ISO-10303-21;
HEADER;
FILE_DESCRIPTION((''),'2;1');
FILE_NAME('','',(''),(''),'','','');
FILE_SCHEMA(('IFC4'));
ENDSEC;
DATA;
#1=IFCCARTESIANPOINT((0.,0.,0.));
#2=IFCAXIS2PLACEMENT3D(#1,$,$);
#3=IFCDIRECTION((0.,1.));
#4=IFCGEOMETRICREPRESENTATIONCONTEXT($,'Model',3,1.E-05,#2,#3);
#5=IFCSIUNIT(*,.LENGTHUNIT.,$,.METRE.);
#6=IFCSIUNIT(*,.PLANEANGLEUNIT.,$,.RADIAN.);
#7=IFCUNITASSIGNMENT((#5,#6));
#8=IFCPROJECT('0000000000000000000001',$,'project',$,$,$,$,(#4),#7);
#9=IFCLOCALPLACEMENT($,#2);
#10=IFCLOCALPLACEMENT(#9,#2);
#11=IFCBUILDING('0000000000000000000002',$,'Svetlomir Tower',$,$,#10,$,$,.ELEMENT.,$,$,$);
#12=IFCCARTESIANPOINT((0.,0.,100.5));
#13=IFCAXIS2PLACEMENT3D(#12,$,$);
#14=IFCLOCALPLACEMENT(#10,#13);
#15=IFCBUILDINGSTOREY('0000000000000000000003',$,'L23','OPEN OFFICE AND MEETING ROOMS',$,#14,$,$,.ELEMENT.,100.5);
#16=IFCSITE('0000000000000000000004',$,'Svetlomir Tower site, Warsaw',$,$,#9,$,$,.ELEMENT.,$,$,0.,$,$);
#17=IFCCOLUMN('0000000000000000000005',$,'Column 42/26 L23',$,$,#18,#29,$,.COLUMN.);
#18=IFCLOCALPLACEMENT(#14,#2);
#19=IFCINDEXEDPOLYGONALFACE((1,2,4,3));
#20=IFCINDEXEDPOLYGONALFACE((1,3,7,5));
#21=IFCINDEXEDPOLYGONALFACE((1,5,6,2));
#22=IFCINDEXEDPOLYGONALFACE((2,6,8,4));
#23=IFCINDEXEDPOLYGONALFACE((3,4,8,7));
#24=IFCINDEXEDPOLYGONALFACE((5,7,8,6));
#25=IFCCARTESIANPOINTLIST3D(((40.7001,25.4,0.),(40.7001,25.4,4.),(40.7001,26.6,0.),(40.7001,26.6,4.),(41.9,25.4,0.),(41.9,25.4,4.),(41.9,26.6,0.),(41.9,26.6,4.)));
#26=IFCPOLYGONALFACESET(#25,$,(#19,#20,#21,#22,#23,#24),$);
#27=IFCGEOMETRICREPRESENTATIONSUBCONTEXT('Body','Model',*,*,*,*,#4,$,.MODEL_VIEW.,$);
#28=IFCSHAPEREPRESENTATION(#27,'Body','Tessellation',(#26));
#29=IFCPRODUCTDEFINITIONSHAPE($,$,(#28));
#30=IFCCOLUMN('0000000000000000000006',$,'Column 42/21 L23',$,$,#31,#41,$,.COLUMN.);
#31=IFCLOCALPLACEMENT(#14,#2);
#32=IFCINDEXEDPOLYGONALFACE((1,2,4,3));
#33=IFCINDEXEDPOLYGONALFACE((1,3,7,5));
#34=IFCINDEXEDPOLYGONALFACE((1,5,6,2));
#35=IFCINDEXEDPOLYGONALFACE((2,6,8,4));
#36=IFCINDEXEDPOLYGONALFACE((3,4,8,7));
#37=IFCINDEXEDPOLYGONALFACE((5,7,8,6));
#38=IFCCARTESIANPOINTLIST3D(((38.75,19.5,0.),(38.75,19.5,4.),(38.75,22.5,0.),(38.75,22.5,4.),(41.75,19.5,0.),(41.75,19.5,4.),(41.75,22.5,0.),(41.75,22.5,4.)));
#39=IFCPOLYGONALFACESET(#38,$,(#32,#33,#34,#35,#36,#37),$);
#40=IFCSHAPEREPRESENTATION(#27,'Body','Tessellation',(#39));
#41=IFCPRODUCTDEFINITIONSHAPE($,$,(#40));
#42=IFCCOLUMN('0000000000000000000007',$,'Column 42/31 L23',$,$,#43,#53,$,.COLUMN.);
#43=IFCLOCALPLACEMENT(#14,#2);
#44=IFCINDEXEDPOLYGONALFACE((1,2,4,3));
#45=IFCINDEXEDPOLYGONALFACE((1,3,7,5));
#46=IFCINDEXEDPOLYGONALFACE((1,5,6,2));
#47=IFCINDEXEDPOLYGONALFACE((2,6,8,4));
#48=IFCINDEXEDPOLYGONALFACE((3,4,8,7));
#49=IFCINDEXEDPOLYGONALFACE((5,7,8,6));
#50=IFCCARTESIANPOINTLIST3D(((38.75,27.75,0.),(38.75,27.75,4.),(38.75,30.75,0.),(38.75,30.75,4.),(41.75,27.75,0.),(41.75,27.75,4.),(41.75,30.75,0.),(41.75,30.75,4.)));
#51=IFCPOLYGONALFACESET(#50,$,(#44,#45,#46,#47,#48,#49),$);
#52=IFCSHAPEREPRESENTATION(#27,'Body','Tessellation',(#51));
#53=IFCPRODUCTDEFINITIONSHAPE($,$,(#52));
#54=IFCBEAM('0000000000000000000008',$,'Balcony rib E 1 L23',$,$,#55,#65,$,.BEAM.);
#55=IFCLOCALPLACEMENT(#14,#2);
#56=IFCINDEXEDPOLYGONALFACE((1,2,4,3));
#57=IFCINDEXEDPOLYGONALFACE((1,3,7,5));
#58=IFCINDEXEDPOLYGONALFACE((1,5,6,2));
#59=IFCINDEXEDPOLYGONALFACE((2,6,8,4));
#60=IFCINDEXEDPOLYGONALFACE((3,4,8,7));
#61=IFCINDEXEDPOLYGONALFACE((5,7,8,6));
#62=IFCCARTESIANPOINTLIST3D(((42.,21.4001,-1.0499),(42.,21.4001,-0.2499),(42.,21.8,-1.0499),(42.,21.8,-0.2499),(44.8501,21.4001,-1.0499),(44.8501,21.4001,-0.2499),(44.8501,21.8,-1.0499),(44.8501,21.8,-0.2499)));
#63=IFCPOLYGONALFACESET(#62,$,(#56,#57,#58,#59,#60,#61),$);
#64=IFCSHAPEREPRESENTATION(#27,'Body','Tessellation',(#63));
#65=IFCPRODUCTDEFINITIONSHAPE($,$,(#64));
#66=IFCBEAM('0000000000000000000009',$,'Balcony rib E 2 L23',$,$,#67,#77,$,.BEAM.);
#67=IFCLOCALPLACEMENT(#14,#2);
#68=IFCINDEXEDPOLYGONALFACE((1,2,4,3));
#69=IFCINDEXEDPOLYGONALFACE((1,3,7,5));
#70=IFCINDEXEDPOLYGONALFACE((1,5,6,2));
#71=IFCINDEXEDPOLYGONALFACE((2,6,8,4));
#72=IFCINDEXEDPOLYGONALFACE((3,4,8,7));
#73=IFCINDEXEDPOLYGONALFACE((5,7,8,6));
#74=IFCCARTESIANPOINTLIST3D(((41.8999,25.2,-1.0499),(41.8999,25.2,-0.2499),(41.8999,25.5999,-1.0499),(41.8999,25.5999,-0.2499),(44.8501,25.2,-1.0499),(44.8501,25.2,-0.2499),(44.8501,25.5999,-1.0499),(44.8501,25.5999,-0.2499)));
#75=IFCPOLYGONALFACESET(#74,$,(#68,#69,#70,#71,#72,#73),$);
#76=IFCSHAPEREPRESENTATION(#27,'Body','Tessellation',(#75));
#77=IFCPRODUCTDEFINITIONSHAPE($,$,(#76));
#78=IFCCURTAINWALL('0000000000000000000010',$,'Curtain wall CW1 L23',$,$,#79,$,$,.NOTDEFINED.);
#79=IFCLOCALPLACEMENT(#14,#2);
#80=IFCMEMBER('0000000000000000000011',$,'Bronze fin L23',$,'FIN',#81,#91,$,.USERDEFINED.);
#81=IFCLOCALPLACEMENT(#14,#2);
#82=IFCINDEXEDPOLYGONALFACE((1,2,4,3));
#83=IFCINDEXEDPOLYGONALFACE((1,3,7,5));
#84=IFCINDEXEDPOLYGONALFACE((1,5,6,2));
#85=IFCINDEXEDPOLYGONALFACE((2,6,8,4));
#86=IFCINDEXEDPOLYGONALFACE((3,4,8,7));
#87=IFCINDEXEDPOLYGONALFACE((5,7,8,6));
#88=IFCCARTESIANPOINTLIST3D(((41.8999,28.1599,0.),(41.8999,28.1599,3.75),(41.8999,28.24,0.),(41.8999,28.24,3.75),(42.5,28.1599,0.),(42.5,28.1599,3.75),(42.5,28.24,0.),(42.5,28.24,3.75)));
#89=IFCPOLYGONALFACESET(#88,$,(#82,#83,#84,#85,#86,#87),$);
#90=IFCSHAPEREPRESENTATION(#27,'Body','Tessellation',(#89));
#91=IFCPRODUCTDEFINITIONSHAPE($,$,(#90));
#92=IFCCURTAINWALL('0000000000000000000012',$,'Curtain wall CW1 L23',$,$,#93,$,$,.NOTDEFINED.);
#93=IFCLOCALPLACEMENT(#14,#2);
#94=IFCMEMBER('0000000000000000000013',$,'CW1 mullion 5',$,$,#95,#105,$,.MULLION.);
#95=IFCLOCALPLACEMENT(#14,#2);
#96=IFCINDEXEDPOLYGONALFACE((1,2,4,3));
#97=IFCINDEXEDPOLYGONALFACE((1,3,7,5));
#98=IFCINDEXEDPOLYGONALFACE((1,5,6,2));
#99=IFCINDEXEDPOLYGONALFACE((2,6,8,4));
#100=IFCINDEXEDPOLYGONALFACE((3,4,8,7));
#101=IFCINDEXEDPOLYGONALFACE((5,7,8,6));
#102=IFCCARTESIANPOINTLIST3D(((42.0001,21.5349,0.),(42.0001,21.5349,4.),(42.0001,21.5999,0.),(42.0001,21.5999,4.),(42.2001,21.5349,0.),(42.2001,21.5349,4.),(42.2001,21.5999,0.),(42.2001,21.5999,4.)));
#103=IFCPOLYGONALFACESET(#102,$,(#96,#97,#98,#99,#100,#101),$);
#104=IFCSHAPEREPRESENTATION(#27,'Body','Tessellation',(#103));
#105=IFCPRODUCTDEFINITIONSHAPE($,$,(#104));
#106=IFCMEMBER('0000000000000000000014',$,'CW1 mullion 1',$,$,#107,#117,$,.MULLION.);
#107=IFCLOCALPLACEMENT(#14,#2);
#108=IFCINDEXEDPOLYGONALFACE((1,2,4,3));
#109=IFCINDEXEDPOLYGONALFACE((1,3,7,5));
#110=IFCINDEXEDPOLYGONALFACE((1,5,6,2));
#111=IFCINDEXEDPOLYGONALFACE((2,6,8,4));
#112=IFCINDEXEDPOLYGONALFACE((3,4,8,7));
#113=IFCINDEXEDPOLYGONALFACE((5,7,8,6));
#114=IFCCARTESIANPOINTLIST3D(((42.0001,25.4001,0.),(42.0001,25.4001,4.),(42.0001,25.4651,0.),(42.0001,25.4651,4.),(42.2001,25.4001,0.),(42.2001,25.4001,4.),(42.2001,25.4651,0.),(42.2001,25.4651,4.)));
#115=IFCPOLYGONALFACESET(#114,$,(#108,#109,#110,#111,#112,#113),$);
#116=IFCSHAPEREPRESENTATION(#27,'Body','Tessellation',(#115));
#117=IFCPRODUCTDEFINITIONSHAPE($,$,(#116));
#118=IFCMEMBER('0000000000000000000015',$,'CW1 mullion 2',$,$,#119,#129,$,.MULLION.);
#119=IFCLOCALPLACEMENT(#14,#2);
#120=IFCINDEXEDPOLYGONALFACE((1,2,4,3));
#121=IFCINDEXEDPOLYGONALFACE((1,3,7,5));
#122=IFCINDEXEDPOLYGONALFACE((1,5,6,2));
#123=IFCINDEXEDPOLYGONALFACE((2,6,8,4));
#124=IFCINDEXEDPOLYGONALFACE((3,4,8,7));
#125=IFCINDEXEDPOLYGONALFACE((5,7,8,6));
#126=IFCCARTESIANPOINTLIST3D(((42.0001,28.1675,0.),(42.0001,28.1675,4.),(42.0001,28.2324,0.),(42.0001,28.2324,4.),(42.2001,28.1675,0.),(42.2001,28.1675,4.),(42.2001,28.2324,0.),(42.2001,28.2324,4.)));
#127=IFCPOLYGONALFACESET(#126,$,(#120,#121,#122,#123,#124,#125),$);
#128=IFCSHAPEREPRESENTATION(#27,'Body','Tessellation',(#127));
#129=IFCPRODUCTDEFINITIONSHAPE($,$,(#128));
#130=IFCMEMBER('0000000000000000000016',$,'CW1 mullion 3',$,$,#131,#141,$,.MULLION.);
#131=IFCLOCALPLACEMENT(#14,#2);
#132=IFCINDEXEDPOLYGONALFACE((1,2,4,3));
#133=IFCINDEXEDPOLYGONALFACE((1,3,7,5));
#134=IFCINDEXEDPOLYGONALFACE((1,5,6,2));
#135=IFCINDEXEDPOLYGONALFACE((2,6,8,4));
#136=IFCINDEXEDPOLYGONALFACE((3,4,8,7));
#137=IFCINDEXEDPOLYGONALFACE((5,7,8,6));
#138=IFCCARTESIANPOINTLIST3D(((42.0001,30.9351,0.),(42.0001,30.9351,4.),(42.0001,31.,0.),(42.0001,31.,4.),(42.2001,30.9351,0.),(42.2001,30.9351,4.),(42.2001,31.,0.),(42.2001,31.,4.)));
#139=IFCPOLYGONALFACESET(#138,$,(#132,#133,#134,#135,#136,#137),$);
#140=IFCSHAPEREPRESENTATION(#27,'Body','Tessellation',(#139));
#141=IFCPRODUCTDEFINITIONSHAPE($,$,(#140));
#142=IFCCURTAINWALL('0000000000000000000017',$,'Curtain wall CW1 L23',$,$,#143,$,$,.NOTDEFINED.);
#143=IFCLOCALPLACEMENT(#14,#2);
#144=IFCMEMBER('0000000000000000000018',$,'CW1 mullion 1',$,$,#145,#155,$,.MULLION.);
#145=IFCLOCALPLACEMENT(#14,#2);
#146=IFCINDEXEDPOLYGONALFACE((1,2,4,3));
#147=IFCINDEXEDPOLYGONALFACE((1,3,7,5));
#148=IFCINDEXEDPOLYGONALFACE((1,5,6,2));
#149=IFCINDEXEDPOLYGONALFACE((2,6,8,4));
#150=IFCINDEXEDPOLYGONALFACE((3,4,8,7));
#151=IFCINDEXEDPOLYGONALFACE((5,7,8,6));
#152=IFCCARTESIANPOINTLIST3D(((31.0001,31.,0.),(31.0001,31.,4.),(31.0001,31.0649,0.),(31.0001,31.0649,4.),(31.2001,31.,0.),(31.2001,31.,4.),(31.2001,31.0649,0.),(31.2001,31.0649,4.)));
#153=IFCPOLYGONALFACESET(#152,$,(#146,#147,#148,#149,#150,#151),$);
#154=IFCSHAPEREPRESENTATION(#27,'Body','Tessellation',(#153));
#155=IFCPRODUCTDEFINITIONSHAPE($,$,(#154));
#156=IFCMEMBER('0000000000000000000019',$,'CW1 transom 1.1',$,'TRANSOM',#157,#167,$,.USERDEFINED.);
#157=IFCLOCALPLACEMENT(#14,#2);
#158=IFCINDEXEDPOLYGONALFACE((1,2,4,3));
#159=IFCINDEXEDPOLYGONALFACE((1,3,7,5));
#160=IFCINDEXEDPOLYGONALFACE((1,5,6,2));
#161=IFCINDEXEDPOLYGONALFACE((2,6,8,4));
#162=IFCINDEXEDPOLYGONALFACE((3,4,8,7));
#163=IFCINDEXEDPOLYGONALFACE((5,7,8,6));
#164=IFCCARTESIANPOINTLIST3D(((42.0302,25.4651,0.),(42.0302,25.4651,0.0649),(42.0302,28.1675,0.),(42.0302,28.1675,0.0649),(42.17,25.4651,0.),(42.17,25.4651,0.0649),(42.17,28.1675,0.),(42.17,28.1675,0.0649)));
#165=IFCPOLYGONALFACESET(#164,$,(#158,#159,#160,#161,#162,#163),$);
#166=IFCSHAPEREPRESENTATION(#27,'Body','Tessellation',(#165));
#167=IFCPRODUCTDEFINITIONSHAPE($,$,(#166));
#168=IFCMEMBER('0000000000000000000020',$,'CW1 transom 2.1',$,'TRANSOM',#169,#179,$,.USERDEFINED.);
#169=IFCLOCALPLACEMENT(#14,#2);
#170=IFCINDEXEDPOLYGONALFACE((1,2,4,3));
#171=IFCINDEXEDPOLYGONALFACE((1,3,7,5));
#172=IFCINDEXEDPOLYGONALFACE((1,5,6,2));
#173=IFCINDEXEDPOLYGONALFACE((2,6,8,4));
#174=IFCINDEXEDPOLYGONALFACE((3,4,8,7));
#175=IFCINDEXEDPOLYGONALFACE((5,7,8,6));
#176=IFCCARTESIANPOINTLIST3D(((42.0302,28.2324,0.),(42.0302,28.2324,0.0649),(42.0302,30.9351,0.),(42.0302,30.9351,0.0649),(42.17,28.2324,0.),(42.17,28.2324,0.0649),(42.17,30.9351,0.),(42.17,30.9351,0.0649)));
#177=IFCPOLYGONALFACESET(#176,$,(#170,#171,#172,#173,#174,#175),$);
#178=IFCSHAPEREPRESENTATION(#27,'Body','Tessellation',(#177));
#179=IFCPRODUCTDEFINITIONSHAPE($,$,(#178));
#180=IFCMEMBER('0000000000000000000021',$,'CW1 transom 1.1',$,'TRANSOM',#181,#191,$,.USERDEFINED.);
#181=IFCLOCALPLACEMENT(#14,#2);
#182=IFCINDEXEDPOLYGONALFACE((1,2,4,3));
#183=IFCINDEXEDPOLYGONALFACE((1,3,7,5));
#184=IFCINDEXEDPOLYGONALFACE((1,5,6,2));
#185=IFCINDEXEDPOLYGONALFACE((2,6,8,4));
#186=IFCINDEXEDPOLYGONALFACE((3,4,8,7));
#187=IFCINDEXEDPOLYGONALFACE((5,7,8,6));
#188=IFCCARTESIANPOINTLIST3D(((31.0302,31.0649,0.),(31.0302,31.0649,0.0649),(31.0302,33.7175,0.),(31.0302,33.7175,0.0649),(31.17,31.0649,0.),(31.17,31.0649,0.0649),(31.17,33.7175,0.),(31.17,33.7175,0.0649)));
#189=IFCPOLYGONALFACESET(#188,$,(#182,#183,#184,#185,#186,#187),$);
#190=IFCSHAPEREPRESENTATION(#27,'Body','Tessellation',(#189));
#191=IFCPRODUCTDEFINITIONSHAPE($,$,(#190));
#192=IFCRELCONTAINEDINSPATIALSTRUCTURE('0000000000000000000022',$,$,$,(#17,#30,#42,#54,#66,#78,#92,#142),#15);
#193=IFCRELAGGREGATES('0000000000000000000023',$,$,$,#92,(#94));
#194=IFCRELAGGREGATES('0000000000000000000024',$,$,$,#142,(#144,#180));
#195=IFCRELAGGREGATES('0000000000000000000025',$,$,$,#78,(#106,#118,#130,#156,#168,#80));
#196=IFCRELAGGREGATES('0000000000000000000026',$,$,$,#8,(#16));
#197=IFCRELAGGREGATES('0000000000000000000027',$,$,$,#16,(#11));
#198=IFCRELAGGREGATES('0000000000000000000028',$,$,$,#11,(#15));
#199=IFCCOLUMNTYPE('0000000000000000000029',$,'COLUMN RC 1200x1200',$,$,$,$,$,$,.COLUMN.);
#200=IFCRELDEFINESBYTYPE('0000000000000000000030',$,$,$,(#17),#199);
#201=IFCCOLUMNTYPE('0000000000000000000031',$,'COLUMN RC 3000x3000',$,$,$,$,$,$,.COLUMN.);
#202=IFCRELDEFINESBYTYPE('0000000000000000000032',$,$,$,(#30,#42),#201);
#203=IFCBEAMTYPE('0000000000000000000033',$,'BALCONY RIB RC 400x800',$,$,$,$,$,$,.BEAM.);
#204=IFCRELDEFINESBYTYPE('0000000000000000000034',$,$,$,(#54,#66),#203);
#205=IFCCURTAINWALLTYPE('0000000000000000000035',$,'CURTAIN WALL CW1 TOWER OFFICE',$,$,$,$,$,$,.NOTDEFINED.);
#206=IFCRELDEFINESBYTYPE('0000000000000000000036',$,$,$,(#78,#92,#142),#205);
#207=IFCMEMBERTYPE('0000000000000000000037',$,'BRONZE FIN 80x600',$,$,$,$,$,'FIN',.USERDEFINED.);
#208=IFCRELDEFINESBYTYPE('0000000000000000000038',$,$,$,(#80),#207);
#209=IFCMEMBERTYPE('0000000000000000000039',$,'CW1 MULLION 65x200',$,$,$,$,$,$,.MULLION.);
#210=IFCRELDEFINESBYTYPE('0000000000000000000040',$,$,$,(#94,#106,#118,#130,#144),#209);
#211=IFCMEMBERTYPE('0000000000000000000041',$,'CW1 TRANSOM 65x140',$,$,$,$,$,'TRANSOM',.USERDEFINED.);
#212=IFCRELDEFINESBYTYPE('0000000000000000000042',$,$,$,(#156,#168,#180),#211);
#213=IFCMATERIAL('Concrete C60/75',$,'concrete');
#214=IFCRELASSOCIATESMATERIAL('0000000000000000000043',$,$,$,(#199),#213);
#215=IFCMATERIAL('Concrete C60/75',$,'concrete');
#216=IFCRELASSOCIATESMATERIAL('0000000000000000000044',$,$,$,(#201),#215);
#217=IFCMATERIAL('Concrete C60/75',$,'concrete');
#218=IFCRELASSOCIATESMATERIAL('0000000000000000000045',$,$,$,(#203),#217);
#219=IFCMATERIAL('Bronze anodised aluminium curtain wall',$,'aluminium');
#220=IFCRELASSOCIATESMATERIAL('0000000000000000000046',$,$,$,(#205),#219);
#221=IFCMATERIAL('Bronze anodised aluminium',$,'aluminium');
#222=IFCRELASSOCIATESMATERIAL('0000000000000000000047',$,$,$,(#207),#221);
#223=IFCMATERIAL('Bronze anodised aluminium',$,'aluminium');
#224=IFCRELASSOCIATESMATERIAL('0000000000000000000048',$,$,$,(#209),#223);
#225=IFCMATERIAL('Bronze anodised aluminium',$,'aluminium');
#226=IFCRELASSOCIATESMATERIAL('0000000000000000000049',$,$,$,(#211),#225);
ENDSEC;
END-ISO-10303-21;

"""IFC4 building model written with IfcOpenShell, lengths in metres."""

from ifc_helpers import new_model, si_unit, direction, frame, origin, origin_2d, place, context, subcontext, project, spatial, rectangle, extrude, material, material_profile, profile_set, type_object, element, aggregate, save


model = new_model("IFC4")

# Units and contexts
model_context = context("Model", 3, precision=1e-05, world=origin(), true_north=direction((0.0, 1.0)))
body_context = subcontext(model_context, "Body", "Model", "MODEL_VIEW")
ifc_project = project(units=[si_unit("LENGTHUNIT", "METRE"), si_unit("PLANEANGLEUNIT", "RADIAN")], contexts=[model_context])

# Site, building, storey
site_placement = place(None, origin())
site = spatial("IfcSite", under=ifc_project, at=site_placement, Name="Svetlomir Tower site, Warsaw", CompositionType="ELEMENT", RefElevation=0.0)
building_placement = place(site_placement, origin())
building = spatial("IfcBuilding", under=site, at=building_placement, Name="Svetlomir Tower", CompositionType="ELEMENT")
storey_placement = place(building_placement, frame((0.0, 0.0, 100.5)))
storey = spatial("IfcBuildingStorey", under=building, at=storey_placement, Name="L23", Description="OPEN OFFICE AND MEETING ROOMS", CompositionType="ELEMENT", Elevation=100.5)

# Columns
ifc_material_1 = material(Name="Concrete C60/75", Category="concrete")
ifc_material_profile_1 = material_profile(ifc_material_1, rectangle(XDim=1.2, YDim=1.2, at=origin_2d()), Name="RC 1200x1200")
ifc_profile_set_1 = profile_set([ifc_material_profile_1], Name="Concrete C60/75")
column_type_1 = type_object("IfcColumnType", Name="COLUMN RC 1200x1200", PredefinedType="COLUMN", material=ifc_profile_set_1)
column_placement = place(storey_placement, frame((41.3, 26.0, 0.0), z_axis=(0.0, 0.0, 1.0), x_axis=(1.0, 0.0, 0.0)))
element("IfcColumn", 1, at=column_placement, inside=storey, type_object=column_type_1, Name="Column 42/26 L23", PredefinedType="COLUMN", context=body_context, shape_type="SweptSolid", body=[
    extrude(rectangle(XDim=1.2, YDim=1.2, at=origin_2d()), origin(), (0.0, 0.0, 1.0), 4.0),
])
ifc_material_2 = material(Name="Concrete C60/75", Category="concrete")
ifc_material_profile_2 = material_profile(ifc_material_2, rectangle(XDim=3.0, YDim=3.0, at=origin_2d()), Name="RC 3000x3000")
ifc_profile_set_2 = profile_set([ifc_material_profile_2], Name="Concrete C60/75")
column_type_2 = type_object("IfcColumnType", Name="COLUMN RC 3000x3000", PredefinedType="COLUMN", material=ifc_profile_set_2)
for number, where, z_axis, x_axis, name in (
    (2, (40.25, 21.0, 0.0), (0.0, 0.0, 1.0), (1.0, 0.0, 0.0), "Column 42/21 L23"),
    (3, (40.25, 29.25, 0.0), (0.0, 0.0, 1.0), (1.0, 0.0, 0.0), "Column 42/31 L23"),
):
    element("IfcColumn", number, at=place(storey_placement, frame(where, z_axis=z_axis, x_axis=x_axis)), inside=storey, type_object=column_type_2, Name=name, PredefinedType="COLUMN", context=body_context, shape_type="SweptSolid", body=[
        extrude(rectangle(XDim=3.0, YDim=3.0, at=origin_2d()), origin(), (0.0, 0.0, 1.0), 4.0),
    ])

# Beams
ifc_material_3 = material(Name="Concrete C60/75", Category="concrete")
ifc_material_profile_3 = material_profile(ifc_material_3, rectangle(XDim=0.3999, YDim=0.8, at=origin_2d()), Name="RC 400x800")
ifc_profile_set_3 = profile_set([ifc_material_profile_3], Name="Concrete C60/75")
beam_type_1 = type_object("IfcBeamType", Name="BALCONY RIB RC 400x800", PredefinedType="BEAM", material=ifc_profile_set_3)
beam_1_placement = place(storey_placement, frame((42.0, 21.6001, -0.6499), z_axis=(1.0, 0.0, 0.0), x_axis=(0.0, 1.0, 0.0)))
element("IfcBeam", 4, at=beam_1_placement, inside=storey, type_object=beam_type_1, Name="Balcony rib E 1 L23", PredefinedType="BEAM", context=body_context, shape_type="SweptSolid", body=[
    extrude(rectangle(XDim=0.3999, YDim=0.8, at=origin_2d()), origin(), (0.0, 0.0, 1.0), 2.8501),
])
beam_2_placement = place(storey_placement, frame((41.8999, 25.3999, -0.6499), z_axis=(1.0, 0.0, 0.0), x_axis=(0.0, 1.0, 0.0)))
element("IfcBeam", 5, at=beam_2_placement, inside=storey, type_object=beam_type_1, Name="Balcony rib E 2 L23", PredefinedType="BEAM", context=body_context, shape_type="SweptSolid", body=[
    extrude(rectangle(XDim=0.3999, YDim=0.8, at=origin_2d()), origin(), (0.0, 0.0, 1.0), 2.9502),
])

# Curtain walls, members
ifc_material_4 = material(Name="Bronze anodised aluminium curtain wall", Category="aluminium")
curtain_wall_type = type_object("IfcCurtainWallType", Name="CURTAIN WALL CW1 TOWER OFFICE", PredefinedType="NOTDEFINED", material=ifc_material_4)
curtain_wall_1_placement = place(storey_placement, origin())
curtain_wall_1 = element("IfcCurtainWall", 6, at=curtain_wall_1_placement, inside=storey, type_object=curtain_wall_type, Name="Curtain wall CW1 L23", PredefinedType="NOTDEFINED")
ifc_material_5 = material(Name="Bronze anodised aluminium", Category="aluminium")
ifc_material_profile_4 = material_profile(ifc_material_5, rectangle(XDim=0.0801, YDim=0.6001, at=origin_2d()), Name="FIN 80x600")
ifc_profile_set_4 = profile_set([ifc_material_profile_4], Name="Bronze anodised aluminium 6063-T6")
member_type_1 = type_object("IfcMemberType", Name="BRONZE FIN 80x600", ElementType="FIN", PredefinedType="USERDEFINED", material=ifc_profile_set_4)
member_1_placement = place(storey_placement, frame((42.2, 28.2, 0.0), z_axis=(0.0, 0.0, 1.0), x_axis=(0.0, 1.0, 0.0)))
member_1 = element("IfcMember", 7, at=member_1_placement, type_object=member_type_1, Name="Bronze fin L23", ObjectType="FIN", PredefinedType="USERDEFINED", context=body_context, shape_type="SweptSolid", body=[
    extrude(rectangle(XDim=0.0801, YDim=0.6001, at=origin_2d()), origin(), (0.0, 0.0, 1.0), 3.75),
])
curtain_wall_2_placement = place(storey_placement, origin())
curtain_wall_2 = element("IfcCurtainWall", 8, at=curtain_wall_2_placement, inside=storey, type_object=curtain_wall_type, Name="Curtain wall CW1 L23", PredefinedType="NOTDEFINED")
ifc_material_6 = material(Name="Bronze anodised aluminium", Category="aluminium")
ifc_material_profile_5 = material_profile(ifc_material_6, rectangle(XDim=0.0649, YDim=0.2, at=origin_2d()), Name="AL 65x200")
ifc_profile_set_5 = profile_set([ifc_material_profile_5], Name="Bronze anodised aluminium 6063-T6")
member_type_2 = type_object("IfcMemberType", Name="CW1 MULLION 65x200", PredefinedType="MULLION", material=ifc_profile_set_5)
member_2_placement = place(storey_placement, frame((42.1001, 21.5674, 0.0), z_axis=(0.0, 0.0, 1.0), x_axis=(0.0, 1.0, 0.0)))
member_2 = element("IfcMember", 9, at=member_2_placement, type_object=member_type_2, Name="CW1 mullion 5", PredefinedType="MULLION", context=body_context, shape_type="SweptSolid", body=[
    extrude(rectangle(XDim=0.0649, YDim=0.2, at=origin_2d()), origin(), (0.0, 0.0, 1.0), 4.0),
])
aggregate(curtain_wall_2, [member_2])

# Members
member_3_placement = place(storey_placement, frame((42.1001, 25.4326, 0.0), z_axis=(0.0, 0.0, 1.0), x_axis=(0.0, 1.0, 0.0)))
member_3 = element("IfcMember", 10, at=member_3_placement, type_object=member_type_2, Name="CW1 mullion 1", PredefinedType="MULLION", context=body_context, shape_type="SweptSolid", body=[
    extrude(rectangle(XDim=0.0649, YDim=0.2, at=origin_2d()), origin(), (0.0, 0.0, 1.0), 4.0),
])
member_4_placement = place(storey_placement, frame((42.1001, 28.2, 0.0), z_axis=(0.0, 0.0, 1.0), x_axis=(0.0, 1.0, 0.0)))
member_4 = element("IfcMember", 11, at=member_4_placement, type_object=member_type_2, Name="CW1 mullion 2", PredefinedType="MULLION", context=body_context, shape_type="SweptSolid", body=[
    extrude(rectangle(XDim=0.0649, YDim=0.2, at=origin_2d()), origin(), (0.0, 0.0, 1.0), 4.0),
])
member_5_placement = place(storey_placement, frame((42.1001, 30.9675, 0.0), z_axis=(0.0, 0.0, 1.0), x_axis=(0.0, 1.0, 0.0)))
member_5 = element("IfcMember", 12, at=member_5_placement, type_object=member_type_2, Name="CW1 mullion 3", PredefinedType="MULLION", context=body_context, shape_type="SweptSolid", body=[
    extrude(rectangle(XDim=0.0649, YDim=0.2, at=origin_2d()), origin(), (0.0, 0.0, 1.0), 4.0),
])

# Curtain wall, member
curtain_wall_3_placement = place(storey_placement, origin())
curtain_wall_3 = element("IfcCurtainWall", 13, at=curtain_wall_3_placement, inside=storey, type_object=curtain_wall_type, Name="Curtain wall CW1 L23", PredefinedType="NOTDEFINED")
member_6_placement = place(storey_placement, frame((31.1001, 31.0325, 0.0), z_axis=(0.0, 0.0, 1.0), x_axis=(0.0, 1.0, 0.0)))
member_6 = element("IfcMember", 14, at=member_6_placement, type_object=member_type_2, Name="CW1 mullion 1", PredefinedType="MULLION", context=body_context, shape_type="SweptSolid", body=[
    extrude(rectangle(XDim=0.0649, YDim=0.2, at=origin_2d()), origin(), (0.0, 0.0, 1.0), 4.0),
])

# Members
ifc_material_7 = material(Name="Bronze anodised aluminium", Category="aluminium")
ifc_material_profile_6 = material_profile(ifc_material_7, rectangle(XDim=0.1399, YDim=0.0649, at=origin_2d()), Name="AL 140x65")
ifc_profile_set_6 = profile_set([ifc_material_profile_6], Name="Bronze anodised aluminium 6063-T6")
member_type_3 = type_object("IfcMemberType", Name="CW1 TRANSOM 65x140", ElementType="TRANSOM", PredefinedType="USERDEFINED", material=ifc_profile_set_6)
member_7_placement = place(storey_placement, frame((42.1001, 25.4651, 0.0325), z_axis=(0.0, 1.0, 0.0), x_axis=(-1.0, 0.0, 0.0)))
member_7 = element("IfcMember", 15, at=member_7_placement, type_object=member_type_3, Name="CW1 transom 1.1", ObjectType="TRANSOM", PredefinedType="USERDEFINED", context=body_context, shape_type="SweptSolid", body=[
    extrude(rectangle(XDim=0.1399, YDim=0.0649, at=origin_2d()), origin(), (0.0, 0.0, 1.0), 2.7024),
])
member_8_placement = place(storey_placement, frame((42.1001, 28.2324, 0.0325), z_axis=(0.0, 1.0, 0.0), x_axis=(-1.0, 0.0, 0.0)))
member_8 = element("IfcMember", 16, at=member_8_placement, type_object=member_type_3, Name="CW1 transom 2.1", ObjectType="TRANSOM", PredefinedType="USERDEFINED", context=body_context, shape_type="SweptSolid", body=[
    extrude(rectangle(XDim=0.1399, YDim=0.0649, at=origin_2d()), origin(), (0.0, 0.0, 1.0), 2.7026),
])
member_9_placement = place(storey_placement, frame((31.1001, 31.0649, 0.0325), z_axis=(0.0, 1.0, 0.0), x_axis=(-1.0, 0.0, 0.0)))
member_9 = element("IfcMember", 17, at=member_9_placement, type_object=member_type_3, Name="CW1 transom 1.1", ObjectType="TRANSOM", PredefinedType="USERDEFINED", context=body_context, shape_type="SweptSolid", body=[
    extrude(rectangle(XDim=0.1399, YDim=0.0649, at=origin_2d()), origin(), (0.0, 0.0, 1.0), 2.6526),
])
aggregate(curtain_wall_3, [member_6, member_9])

aggregate(curtain_wall_1, [member_3, member_4, member_5, member_7, member_8, member_1])

save(model, "model.ifc")
